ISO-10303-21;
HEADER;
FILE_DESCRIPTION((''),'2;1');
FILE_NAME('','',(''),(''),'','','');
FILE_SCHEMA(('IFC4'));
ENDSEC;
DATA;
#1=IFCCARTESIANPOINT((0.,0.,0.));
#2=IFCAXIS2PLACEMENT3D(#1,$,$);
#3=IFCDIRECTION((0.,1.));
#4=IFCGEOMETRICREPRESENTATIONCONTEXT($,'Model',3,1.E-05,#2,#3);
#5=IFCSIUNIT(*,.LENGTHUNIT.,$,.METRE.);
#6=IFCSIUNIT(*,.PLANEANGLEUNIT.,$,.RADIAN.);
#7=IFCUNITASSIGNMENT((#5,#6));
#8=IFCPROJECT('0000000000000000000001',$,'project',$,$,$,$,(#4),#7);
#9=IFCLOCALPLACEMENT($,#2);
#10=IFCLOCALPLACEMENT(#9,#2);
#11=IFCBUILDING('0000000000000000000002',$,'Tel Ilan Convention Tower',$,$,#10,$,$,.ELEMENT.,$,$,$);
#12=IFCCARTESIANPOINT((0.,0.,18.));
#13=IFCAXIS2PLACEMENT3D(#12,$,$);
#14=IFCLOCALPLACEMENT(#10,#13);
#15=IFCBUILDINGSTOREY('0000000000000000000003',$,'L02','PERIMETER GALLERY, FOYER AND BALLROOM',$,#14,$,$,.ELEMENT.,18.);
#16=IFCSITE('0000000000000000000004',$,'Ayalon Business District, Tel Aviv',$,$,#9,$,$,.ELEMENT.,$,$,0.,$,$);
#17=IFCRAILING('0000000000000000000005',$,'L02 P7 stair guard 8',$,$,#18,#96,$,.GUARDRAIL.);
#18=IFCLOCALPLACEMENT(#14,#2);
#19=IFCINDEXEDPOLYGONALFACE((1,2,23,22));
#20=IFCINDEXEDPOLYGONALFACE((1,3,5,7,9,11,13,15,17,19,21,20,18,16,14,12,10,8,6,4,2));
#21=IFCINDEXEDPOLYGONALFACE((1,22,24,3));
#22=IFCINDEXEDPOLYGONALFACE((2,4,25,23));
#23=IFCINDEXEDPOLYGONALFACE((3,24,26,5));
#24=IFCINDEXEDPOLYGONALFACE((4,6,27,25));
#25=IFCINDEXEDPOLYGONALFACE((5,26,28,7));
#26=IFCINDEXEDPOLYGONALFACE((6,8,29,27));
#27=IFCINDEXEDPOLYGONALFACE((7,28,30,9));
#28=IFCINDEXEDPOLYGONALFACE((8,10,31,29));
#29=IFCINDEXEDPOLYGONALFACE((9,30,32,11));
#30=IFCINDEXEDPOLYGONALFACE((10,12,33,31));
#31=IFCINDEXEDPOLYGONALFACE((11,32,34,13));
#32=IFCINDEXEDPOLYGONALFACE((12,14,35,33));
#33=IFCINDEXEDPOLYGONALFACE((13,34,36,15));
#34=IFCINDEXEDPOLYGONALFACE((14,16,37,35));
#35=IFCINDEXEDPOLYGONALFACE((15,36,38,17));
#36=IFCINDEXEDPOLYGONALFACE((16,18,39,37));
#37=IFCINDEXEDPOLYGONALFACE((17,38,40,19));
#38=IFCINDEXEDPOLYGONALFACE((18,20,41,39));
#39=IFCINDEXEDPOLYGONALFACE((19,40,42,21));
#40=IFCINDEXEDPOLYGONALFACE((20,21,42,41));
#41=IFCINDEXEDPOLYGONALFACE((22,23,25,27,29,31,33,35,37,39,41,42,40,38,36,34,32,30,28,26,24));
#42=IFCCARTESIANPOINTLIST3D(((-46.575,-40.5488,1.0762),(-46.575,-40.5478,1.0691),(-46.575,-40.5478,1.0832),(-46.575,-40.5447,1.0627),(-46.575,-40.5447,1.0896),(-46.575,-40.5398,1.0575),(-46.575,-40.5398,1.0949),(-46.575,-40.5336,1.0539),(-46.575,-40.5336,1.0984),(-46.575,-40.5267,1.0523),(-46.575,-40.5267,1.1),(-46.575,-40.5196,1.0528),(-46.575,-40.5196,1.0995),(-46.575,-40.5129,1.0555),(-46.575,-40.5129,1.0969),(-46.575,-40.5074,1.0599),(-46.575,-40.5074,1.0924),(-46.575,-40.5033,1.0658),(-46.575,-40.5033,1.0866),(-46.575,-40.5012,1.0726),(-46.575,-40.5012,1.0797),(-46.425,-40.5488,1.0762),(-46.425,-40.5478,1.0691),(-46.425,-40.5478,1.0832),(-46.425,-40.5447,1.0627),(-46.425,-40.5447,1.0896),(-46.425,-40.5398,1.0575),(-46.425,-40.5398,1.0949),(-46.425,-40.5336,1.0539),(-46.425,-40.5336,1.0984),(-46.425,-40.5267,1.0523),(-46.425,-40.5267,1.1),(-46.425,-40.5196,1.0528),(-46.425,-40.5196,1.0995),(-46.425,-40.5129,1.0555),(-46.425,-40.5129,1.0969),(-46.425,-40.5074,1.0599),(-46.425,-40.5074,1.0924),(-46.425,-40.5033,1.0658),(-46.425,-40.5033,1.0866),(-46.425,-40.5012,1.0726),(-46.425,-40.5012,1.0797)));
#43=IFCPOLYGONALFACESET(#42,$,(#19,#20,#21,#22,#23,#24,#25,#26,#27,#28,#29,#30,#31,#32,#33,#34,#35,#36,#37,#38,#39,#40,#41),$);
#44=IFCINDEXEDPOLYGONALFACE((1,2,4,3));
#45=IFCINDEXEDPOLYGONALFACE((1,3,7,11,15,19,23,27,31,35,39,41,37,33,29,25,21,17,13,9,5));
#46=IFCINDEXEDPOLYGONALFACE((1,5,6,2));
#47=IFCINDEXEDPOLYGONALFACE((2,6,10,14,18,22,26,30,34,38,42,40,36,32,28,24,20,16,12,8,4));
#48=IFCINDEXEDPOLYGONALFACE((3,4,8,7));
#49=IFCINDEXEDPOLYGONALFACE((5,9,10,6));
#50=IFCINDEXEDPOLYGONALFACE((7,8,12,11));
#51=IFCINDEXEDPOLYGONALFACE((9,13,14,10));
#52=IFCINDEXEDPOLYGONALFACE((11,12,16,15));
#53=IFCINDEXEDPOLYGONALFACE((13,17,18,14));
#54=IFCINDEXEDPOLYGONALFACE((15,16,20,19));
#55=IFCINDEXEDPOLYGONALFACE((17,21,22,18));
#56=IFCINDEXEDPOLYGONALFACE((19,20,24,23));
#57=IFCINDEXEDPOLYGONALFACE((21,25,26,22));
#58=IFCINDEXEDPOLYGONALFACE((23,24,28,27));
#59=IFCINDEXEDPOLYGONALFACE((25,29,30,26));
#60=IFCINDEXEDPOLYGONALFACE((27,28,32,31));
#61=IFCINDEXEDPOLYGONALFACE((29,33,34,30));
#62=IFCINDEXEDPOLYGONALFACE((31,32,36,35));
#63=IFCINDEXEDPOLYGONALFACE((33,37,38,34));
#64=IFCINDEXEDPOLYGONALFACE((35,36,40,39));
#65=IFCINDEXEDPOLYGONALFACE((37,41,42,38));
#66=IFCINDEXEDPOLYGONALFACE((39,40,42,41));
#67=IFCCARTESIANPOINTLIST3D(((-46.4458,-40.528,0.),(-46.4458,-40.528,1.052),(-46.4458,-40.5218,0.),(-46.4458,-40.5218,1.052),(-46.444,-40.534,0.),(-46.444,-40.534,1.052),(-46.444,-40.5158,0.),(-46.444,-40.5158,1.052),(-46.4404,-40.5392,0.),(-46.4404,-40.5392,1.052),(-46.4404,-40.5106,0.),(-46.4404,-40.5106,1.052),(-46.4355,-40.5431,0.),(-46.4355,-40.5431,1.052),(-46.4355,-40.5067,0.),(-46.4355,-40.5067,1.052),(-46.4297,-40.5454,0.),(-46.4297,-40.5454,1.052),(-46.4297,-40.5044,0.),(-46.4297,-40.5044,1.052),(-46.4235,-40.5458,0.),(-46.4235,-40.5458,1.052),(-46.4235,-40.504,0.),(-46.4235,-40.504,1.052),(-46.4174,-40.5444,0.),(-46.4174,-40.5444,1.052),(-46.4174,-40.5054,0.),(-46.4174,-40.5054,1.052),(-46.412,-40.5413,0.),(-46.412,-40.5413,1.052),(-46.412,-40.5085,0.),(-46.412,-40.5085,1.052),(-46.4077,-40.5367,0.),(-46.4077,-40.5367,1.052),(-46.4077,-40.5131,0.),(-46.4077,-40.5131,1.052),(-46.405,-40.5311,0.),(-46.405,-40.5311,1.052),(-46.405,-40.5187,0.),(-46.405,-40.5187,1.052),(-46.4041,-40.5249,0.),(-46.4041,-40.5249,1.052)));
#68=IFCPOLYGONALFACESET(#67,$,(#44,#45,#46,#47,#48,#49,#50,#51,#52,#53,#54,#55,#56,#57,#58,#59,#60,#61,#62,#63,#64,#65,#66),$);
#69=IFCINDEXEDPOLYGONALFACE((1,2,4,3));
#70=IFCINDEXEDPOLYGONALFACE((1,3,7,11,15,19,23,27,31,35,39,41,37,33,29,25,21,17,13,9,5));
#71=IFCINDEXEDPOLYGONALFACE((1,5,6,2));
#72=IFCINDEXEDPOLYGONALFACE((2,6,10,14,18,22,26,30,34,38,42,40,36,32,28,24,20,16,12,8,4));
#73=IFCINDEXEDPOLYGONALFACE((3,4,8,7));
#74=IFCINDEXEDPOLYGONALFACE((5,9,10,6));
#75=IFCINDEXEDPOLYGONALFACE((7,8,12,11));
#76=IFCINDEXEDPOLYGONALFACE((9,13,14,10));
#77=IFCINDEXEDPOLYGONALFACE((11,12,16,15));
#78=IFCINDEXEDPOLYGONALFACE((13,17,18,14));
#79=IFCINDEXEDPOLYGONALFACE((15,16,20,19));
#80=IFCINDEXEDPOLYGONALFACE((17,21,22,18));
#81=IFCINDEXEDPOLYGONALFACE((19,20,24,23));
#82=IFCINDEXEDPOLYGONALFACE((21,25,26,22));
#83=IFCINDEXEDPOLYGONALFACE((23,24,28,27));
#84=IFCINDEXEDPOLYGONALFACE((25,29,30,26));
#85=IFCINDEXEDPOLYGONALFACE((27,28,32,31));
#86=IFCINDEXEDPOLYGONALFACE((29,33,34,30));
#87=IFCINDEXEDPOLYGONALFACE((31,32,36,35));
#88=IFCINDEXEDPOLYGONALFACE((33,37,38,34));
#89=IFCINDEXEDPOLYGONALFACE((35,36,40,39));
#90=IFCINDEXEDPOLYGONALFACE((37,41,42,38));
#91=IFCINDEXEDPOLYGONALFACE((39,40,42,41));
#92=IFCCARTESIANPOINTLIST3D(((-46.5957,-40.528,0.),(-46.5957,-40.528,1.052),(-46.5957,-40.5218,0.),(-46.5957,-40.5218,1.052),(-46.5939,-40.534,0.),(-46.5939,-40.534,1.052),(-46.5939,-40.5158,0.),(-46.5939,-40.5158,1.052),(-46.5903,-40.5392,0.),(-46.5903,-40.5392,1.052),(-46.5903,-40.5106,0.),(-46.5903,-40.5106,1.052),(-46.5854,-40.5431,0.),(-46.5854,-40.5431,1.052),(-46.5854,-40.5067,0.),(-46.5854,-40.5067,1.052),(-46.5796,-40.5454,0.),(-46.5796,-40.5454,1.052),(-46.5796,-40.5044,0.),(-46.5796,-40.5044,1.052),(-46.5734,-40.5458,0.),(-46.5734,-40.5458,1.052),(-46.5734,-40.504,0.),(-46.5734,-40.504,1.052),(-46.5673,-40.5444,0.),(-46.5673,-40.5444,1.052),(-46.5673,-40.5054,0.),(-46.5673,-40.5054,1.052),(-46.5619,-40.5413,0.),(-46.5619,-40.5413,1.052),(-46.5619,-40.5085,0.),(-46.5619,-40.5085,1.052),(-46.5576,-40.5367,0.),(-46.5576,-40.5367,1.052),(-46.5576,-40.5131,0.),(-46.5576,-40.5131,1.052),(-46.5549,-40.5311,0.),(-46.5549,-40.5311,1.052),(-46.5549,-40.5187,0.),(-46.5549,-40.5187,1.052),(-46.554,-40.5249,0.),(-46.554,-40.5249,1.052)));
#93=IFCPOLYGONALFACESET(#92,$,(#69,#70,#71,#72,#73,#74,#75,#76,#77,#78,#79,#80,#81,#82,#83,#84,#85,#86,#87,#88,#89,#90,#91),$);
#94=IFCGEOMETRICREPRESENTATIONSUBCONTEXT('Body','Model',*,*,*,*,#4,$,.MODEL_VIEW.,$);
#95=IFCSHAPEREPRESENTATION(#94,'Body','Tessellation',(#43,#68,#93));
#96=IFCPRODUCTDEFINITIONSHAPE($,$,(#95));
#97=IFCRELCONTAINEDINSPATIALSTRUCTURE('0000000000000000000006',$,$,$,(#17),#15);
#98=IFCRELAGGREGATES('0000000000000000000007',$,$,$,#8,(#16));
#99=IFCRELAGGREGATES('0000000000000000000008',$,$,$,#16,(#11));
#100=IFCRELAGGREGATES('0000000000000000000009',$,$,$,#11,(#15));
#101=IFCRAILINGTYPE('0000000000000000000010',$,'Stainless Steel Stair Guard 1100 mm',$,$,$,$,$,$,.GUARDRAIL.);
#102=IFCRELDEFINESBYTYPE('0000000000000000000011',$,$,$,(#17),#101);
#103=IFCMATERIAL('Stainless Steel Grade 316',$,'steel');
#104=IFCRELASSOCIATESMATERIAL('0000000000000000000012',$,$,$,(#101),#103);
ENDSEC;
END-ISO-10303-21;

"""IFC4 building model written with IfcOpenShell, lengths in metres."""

from ifc_helpers import new_model, si_unit, direction, frame, origin, origin_2d, place, context, subcontext, project, spatial, circle, extrude, material, type_object, element, save


model = new_model("IFC4")

# Units and contexts
model_context = context("Model", 3, precision=1e-05, world=origin(), true_north=direction((0.0, 1.0)))
body_context = subcontext(model_context, "Body", "Model", "MODEL_VIEW")
ifc_project = project(units=[si_unit("LENGTHUNIT", "METRE"), si_unit("PLANEANGLEUNIT", "RADIAN")], contexts=[model_context])

# Site, building, storey
site_placement = place(None, origin())
site = spatial("IfcSite", under=ifc_project, at=site_placement, Name="Ayalon Business District, Tel Aviv", CompositionType="ELEMENT", RefElevation=0.0)
building_placement = place(site_placement, origin())
building = spatial("IfcBuilding", under=site, at=building_placement, Name="Tel Ilan Convention Tower", CompositionType="ELEMENT")
storey_placement = place(building_placement, frame((0.0, 0.0, 18.0)))
storey = spatial("IfcBuildingStorey", under=building, at=storey_placement, Name="L02", Description="PERIMETER GALLERY, FOYER AND BALLROOM", CompositionType="ELEMENT", Elevation=18.0)

# Railing
ifc_material_1 = material(Name="Stainless Steel Grade 316", Category="steel")
railing_type_1 = type_object("IfcRailingType", Name="Stainless Steel Stair Guard 1100 mm", PredefinedType="GUARDRAIL", material=ifc_material_1)
railing_1_placement = place(storey_placement, frame((-46.425, -40.5249, 0.0)))
element("IfcRailing", 1, at=railing_1_placement, inside=storey, type_object=railing_type_1, Name="L02 P7 stair guard 8", PredefinedType="GUARDRAIL", context=body_context, shape_type="SweptSolid", body=[
    extrude(circle(Radius=0.0239, at=origin_2d()), frame((0.0, 0.0, 1.0762), z_axis=(-1.0, 0.0, 0.0), x_axis=(0.0, -1.0, 0.0)), (0.0, 0.0, 1.0), 0.1499),
    extrude(circle(Radius=0.021, at=origin_2d()), origin(), (0.0, 0.0, 1.0), 1.052),
    extrude(circle(Radius=0.021, at=origin_2d()), frame((-0.1499, 0.0, 0.0)), (0.0, 0.0, 1.0), 1.052),
])

save(model, "model.ifc")
